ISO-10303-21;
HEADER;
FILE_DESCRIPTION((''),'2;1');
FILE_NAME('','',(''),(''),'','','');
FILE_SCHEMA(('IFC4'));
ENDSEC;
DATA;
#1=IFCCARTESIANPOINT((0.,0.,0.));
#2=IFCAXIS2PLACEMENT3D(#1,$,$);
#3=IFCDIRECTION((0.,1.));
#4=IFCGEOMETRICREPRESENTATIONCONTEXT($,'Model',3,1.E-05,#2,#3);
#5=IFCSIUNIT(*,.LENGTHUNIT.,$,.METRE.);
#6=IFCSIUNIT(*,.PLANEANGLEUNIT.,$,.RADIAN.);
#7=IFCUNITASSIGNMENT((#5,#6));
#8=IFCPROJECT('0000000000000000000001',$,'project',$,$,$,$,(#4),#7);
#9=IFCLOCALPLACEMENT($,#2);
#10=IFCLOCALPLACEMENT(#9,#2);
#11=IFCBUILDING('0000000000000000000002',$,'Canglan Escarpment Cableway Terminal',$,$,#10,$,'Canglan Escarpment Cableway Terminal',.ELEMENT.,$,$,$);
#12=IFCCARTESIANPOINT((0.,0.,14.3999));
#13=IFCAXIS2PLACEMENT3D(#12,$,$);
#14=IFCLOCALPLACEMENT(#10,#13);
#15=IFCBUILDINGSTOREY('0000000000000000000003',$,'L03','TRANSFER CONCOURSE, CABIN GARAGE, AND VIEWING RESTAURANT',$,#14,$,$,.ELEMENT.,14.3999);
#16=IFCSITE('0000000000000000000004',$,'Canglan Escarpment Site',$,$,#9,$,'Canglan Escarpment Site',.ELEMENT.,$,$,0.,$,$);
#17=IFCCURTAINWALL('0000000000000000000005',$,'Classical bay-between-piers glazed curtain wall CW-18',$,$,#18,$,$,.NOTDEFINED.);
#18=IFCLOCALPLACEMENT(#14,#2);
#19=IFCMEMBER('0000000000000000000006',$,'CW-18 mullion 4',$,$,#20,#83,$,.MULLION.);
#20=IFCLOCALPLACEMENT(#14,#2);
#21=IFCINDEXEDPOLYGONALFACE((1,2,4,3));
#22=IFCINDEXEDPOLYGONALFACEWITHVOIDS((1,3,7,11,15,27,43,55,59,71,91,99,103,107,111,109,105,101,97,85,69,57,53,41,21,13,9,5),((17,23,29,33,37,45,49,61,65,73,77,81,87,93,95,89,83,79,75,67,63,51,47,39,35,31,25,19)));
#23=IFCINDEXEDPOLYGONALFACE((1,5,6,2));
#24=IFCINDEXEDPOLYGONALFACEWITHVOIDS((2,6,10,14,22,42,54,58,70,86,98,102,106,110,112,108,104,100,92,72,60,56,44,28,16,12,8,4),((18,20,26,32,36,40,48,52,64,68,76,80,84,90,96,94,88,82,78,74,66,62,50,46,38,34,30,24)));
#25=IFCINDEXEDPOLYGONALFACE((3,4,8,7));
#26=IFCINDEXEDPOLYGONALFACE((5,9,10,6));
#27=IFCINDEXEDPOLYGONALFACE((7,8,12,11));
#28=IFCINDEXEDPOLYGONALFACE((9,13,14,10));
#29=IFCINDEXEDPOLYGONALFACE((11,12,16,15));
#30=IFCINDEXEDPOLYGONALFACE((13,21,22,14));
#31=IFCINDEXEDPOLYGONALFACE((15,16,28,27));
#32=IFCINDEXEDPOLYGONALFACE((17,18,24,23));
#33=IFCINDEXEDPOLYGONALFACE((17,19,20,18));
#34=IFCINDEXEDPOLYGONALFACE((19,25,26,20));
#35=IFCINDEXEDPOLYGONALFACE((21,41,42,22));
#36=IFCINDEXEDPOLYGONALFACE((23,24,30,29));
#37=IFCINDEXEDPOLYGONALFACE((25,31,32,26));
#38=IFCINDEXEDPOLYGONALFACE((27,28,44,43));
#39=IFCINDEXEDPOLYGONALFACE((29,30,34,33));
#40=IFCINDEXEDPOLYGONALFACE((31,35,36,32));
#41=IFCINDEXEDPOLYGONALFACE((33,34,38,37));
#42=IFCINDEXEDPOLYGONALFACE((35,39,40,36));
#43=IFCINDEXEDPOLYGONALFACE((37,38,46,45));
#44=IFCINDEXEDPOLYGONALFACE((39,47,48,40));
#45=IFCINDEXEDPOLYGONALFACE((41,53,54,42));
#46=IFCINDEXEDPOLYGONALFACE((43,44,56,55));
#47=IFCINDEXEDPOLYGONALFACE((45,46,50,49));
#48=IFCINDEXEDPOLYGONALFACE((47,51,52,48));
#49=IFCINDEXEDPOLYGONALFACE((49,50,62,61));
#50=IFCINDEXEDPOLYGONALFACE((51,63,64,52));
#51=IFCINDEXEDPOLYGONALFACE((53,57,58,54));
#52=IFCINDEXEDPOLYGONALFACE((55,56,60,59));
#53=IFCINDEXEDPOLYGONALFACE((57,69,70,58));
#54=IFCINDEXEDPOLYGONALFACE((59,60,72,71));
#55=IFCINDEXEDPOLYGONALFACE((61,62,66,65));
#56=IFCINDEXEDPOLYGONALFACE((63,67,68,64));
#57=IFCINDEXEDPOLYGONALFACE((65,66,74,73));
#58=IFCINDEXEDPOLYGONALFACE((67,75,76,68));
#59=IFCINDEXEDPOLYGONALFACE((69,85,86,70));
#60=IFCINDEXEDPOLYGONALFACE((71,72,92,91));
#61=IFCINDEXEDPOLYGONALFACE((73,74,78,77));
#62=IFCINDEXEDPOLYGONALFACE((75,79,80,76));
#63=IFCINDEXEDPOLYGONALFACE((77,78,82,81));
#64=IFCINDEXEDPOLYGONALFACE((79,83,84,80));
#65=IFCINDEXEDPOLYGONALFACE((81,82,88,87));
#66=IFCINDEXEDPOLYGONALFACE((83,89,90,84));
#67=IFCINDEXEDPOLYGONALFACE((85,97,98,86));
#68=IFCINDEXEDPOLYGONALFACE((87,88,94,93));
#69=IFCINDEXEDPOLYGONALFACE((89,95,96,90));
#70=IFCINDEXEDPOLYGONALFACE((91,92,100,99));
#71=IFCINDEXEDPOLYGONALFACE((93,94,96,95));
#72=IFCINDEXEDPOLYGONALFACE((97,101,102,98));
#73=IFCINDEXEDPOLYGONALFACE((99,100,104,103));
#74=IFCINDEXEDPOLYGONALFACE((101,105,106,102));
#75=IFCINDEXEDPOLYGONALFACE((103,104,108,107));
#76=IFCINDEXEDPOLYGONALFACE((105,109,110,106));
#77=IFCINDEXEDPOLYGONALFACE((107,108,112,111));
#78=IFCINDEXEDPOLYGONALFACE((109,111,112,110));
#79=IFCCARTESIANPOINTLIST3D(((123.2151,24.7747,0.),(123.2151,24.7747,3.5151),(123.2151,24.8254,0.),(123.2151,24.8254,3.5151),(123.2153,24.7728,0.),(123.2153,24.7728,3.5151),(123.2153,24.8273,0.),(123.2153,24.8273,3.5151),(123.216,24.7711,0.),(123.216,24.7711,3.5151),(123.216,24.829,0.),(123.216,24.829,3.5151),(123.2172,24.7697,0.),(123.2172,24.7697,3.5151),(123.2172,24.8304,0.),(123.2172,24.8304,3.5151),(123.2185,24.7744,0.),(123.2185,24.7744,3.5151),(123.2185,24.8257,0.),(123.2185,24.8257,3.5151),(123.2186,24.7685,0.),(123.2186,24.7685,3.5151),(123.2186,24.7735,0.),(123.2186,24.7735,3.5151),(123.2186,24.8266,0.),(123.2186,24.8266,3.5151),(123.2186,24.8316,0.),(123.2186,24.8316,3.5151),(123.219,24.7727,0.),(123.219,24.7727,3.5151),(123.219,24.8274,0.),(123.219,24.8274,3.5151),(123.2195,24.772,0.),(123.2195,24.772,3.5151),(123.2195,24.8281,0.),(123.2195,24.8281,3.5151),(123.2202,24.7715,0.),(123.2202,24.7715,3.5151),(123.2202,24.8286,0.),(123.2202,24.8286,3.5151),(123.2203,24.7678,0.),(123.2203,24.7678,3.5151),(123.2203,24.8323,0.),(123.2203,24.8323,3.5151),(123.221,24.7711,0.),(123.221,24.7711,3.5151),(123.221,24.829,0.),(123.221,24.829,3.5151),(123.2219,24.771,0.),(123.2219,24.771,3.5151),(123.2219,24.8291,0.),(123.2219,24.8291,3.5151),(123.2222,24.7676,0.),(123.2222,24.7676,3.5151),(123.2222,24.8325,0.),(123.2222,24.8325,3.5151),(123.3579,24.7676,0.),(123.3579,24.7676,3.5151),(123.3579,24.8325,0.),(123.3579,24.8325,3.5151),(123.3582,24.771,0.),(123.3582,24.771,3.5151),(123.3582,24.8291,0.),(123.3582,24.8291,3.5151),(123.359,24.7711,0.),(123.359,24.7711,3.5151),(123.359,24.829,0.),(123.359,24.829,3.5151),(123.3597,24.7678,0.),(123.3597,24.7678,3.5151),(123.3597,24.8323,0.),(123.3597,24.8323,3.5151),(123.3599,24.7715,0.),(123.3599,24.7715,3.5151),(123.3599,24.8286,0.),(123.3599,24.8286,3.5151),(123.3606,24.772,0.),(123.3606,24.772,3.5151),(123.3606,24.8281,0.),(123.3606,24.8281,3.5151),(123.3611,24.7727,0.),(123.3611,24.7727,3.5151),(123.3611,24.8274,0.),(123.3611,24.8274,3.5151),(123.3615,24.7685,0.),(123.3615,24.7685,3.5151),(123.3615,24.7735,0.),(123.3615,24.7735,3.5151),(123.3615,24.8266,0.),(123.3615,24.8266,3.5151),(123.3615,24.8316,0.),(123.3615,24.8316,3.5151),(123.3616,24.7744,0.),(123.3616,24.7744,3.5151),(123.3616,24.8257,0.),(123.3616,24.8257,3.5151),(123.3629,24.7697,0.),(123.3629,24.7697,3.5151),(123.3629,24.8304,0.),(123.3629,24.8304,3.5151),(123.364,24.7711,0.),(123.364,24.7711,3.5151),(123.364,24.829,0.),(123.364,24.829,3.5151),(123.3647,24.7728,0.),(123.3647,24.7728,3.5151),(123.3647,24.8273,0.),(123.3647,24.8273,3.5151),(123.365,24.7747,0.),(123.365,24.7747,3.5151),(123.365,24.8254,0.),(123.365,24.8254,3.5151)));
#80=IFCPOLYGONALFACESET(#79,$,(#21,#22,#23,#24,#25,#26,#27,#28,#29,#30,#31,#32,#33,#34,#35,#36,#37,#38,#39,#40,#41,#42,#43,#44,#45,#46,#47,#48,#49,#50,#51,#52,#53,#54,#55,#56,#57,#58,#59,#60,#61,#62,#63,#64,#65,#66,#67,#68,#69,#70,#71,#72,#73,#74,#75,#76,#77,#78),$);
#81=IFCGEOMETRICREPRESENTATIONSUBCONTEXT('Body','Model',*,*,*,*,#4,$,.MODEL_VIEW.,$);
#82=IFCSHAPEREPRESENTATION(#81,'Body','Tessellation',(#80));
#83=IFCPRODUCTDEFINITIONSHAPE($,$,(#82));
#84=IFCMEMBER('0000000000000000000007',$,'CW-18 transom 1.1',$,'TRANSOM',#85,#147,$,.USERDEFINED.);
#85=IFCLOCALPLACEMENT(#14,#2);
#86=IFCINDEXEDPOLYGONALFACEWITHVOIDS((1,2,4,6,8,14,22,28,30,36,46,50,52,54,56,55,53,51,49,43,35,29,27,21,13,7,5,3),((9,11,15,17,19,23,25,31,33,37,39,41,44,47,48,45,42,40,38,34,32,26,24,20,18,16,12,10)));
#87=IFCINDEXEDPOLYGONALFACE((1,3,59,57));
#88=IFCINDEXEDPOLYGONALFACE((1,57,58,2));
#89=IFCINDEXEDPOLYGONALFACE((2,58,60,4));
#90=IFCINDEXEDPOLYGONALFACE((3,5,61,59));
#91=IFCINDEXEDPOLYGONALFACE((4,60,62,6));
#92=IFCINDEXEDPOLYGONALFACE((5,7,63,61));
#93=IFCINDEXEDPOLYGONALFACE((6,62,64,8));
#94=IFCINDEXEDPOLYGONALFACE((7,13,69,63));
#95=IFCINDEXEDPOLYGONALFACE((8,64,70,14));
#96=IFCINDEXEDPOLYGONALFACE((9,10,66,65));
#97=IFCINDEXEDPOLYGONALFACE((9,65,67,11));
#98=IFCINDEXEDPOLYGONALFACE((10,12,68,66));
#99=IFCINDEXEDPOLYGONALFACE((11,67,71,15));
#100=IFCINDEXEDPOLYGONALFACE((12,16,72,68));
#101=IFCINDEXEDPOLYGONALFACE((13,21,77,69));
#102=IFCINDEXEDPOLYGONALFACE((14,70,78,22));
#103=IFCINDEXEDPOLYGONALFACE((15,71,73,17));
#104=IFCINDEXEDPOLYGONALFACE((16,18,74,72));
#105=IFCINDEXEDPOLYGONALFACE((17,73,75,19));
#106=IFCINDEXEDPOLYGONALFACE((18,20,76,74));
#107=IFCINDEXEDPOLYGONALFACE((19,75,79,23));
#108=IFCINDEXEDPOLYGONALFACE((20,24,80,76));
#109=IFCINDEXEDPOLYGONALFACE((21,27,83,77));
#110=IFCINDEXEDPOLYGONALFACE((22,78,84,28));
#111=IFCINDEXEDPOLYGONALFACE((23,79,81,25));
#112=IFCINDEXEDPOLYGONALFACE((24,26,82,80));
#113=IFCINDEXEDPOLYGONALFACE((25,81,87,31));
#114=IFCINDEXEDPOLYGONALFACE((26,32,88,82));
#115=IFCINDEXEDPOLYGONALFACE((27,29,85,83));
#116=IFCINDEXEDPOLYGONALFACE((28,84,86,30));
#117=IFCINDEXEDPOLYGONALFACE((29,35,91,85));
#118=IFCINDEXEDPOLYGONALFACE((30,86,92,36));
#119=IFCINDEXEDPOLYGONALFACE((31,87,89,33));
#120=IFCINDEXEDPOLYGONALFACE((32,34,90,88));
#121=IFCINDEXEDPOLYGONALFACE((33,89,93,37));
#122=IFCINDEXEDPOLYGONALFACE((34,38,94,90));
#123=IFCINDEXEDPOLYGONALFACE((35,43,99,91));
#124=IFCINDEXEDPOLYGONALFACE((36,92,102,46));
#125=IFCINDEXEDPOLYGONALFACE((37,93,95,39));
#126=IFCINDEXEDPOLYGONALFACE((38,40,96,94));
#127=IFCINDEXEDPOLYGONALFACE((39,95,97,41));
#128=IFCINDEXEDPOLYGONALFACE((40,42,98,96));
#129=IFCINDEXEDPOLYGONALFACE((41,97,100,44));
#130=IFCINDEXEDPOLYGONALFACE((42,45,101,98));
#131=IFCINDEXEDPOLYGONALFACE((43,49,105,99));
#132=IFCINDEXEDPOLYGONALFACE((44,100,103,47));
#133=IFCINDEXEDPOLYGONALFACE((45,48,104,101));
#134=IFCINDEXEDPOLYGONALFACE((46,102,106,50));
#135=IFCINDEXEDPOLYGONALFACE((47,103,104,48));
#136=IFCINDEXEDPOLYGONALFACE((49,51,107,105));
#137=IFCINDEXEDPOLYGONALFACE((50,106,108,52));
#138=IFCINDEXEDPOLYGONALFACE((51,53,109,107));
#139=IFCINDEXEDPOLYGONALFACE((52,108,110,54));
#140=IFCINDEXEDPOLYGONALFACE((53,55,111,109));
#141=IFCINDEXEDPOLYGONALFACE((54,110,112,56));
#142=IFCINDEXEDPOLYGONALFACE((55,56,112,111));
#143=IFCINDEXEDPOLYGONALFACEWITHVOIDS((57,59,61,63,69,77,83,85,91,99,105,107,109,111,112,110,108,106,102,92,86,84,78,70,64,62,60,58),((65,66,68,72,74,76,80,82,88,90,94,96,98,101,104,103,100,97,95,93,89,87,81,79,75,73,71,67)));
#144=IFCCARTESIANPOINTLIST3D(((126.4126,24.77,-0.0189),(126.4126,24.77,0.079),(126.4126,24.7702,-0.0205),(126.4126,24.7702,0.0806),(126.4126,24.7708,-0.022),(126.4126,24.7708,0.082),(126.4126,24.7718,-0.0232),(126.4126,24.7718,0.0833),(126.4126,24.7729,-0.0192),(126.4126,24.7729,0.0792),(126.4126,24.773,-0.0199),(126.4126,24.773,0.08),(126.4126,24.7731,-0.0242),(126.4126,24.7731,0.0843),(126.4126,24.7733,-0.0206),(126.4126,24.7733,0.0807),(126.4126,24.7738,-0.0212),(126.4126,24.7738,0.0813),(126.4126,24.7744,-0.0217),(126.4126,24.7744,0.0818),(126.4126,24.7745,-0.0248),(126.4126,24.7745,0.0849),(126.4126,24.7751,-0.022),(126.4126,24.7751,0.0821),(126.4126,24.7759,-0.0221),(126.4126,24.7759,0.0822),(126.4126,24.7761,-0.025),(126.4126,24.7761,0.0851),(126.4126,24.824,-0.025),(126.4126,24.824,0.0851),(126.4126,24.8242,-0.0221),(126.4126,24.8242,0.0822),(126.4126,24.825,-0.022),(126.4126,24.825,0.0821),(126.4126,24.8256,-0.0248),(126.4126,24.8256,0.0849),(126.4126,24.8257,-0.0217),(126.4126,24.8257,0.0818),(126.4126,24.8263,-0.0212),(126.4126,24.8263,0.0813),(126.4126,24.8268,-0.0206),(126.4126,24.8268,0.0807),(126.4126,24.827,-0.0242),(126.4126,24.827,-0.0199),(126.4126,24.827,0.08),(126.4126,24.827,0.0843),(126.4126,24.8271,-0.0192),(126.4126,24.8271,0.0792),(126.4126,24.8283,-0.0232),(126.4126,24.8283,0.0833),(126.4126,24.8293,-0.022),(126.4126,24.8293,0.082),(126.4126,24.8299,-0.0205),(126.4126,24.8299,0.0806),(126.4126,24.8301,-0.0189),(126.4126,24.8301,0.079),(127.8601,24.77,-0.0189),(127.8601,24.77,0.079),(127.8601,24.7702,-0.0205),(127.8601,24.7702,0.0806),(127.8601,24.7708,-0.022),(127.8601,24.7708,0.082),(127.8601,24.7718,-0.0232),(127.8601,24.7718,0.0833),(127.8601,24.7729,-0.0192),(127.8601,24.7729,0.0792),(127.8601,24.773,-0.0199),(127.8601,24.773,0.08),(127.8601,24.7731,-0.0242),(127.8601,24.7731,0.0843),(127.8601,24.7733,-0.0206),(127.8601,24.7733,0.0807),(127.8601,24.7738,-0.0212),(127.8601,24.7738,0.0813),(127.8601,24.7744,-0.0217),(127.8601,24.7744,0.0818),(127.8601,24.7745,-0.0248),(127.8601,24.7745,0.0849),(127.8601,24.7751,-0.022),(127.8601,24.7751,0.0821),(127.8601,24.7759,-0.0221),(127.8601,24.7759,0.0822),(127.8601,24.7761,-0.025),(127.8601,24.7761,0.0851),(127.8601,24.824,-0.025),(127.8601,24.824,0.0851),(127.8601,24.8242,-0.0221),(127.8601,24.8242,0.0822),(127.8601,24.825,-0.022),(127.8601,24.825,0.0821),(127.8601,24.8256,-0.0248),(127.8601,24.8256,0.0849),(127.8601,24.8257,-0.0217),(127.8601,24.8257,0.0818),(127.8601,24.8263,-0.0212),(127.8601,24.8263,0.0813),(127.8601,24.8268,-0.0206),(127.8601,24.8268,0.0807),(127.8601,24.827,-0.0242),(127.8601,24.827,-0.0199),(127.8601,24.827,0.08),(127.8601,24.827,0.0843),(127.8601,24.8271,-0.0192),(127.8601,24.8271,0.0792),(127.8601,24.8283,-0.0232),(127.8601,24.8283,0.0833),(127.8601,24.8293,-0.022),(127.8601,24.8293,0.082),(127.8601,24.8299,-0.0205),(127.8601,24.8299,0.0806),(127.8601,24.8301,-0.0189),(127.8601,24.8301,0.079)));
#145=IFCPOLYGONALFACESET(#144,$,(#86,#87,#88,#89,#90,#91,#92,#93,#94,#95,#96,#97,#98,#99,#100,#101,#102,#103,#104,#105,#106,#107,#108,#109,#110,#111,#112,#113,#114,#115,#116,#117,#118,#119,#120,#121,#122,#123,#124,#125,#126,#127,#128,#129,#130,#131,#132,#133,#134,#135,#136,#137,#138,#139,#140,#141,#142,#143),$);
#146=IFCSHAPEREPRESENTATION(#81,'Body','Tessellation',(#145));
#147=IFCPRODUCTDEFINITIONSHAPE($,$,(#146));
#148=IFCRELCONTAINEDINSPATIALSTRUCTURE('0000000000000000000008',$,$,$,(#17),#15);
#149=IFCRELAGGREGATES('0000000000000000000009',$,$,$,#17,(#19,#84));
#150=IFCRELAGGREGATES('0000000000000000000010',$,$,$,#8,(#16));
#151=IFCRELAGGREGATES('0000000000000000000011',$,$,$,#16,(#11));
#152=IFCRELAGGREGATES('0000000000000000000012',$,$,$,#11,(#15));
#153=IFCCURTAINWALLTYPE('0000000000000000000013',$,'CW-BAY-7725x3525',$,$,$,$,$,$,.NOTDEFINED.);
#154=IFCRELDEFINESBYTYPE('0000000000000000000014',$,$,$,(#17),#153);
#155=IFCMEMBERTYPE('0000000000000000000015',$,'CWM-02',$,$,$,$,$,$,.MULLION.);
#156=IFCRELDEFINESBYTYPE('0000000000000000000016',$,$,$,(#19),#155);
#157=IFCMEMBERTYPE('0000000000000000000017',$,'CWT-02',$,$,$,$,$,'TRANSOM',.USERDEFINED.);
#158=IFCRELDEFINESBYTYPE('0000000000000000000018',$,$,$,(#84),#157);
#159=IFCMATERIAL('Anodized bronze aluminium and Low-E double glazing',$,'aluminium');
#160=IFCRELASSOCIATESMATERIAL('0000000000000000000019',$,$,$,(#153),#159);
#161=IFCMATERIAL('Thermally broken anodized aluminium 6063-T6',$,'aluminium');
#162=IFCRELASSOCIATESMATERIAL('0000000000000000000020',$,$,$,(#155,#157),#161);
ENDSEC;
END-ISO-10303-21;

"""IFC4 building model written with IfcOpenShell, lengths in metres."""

from ifc_helpers import new_model, si_unit, direction, frame, origin, origin_2d, place, context, subcontext, project, spatial, hollow_rectangle, extrude, material, material_profile, profile_set, type_object, element, aggregate, save


model = new_model("IFC4")

# Units and contexts
model_context = context("Model", 3, precision=1e-05, world=origin(), true_north=direction((0.0, 1.0)))
body_context = subcontext(model_context, "Body", "Model", "MODEL_VIEW")
ifc_project = project(units=[si_unit("LENGTHUNIT", "METRE"), si_unit("PLANEANGLEUNIT", "RADIAN")], contexts=[model_context])

# Site, building, storey
site_placement = place(None, origin())
site = spatial("IfcSite", under=ifc_project, at=site_placement, Name="Canglan Escarpment Site", LongName="Canglan Escarpment Site", CompositionType="ELEMENT", RefElevation=0.0)
building_placement = place(site_placement, origin())
building = spatial("IfcBuilding", under=site, at=building_placement, Name="Canglan Escarpment Cableway Terminal", LongName="Canglan Escarpment Cableway Terminal", CompositionType="ELEMENT")
storey_placement = place(building_placement, frame((0.0, 0.0, 14.3999)))
storey = spatial("IfcBuildingStorey", under=building, at=storey_placement, Name="L03", Description="TRANSFER CONCOURSE, CABIN GARAGE, AND VIEWING RESTAURANT", CompositionType="ELEMENT", Elevation=14.3999)

# Curtain wall, members
ifc_material_1 = material(Name="Anodized bronze aluminium and Low-E double glazing", Category="aluminium")
curtain_wall_type = type_object("IfcCurtainWallType", Name="CW-BAY-7725x3525", PredefinedType="NOTDEFINED", material=ifc_material_1)
curtain_wall_placement = place(storey_placement, origin())
curtain_wall = element("IfcCurtainWall", 1, at=curtain_wall_placement, inside=storey, type_object=curtain_wall_type, Name="Classical bay-between-piers glazed curtain wall CW-18", PredefinedType="NOTDEFINED")
ifc_material_2 = material(Name="Thermally broken anodized aluminium 6063-T6", Category="aluminium")
ifc_material_profile_1 = material_profile(ifc_material_2, hollow_rectangle(XDim=0.0649, YDim=0.1499, WallThickness=0.0034, InnerFilletRadius=0.0034, OuterFilletRadius=0.0071, at=origin_2d()), Name="ALU-MULL 65x150x3.5")
ifc_profile_set_1 = profile_set([ifc_material_profile_1], Name="Thermally broken anodized aluminium 6063-T6")
member_type_1 = type_object("IfcMemberType", Name="CWM-02", PredefinedType="MULLION", material=ifc_profile_set_1)
member_1_placement = place(storey_placement, frame((123.29, 24.8, 0.0), z_axis=(0.0, 0.0, 1.0), x_axis=(0.0, -1.0, 0.0)))
member_1 = element("IfcMember", 2, at=member_1_placement, type_object=member_type_1, Name="CW-18 mullion 4", PredefinedType="MULLION", context=body_context, shape_type="SweptSolid", body=[
    extrude(hollow_rectangle(XDim=0.0649, YDim=0.1499, WallThickness=0.0034, InnerFilletRadius=0.0034, OuterFilletRadius=0.0071, at=origin_2d()), origin(), (0.0, 0.0, 1.0), 3.5151),
])
ifc_material_profile_2 = material_profile(ifc_material_2, hollow_rectangle(XDim=0.0601, YDim=0.1101, WallThickness=0.0029, InnerFilletRadius=0.0029, OuterFilletRadius=0.0061, at=origin_2d()), Name="ALU-TRAN 60x110x3")
ifc_profile_set_2 = profile_set([ifc_material_profile_2], Name="Thermally broken anodized aluminium 6063-T6")
member_type_2 = type_object("IfcMemberType", Name="CWT-02", ElementType="TRANSOM", PredefinedType="USERDEFINED", material=ifc_profile_set_2)
member_2_placement = place(storey_placement, frame((127.8601, 24.8, 0.03), z_axis=(-1.0, 0.0, 0.0), x_axis=(0.0, -1.0, 0.0)))
member_2 = element("IfcMember", 3, at=member_2_placement, type_object=member_type_2, Name="CW-18 transom 1.1", ObjectType="TRANSOM", PredefinedType="USERDEFINED", context=body_context, shape_type="SweptSolid", body=[
    extrude(hollow_rectangle(XDim=0.0601, YDim=0.1101, WallThickness=0.0029, InnerFilletRadius=0.0029, OuterFilletRadius=0.0061, at=origin_2d()), origin(), (0.0, 0.0, 1.0), 1.4475),
])
aggregate(curtain_wall, [member_1, member_2])

save(model, "model.ifc")
